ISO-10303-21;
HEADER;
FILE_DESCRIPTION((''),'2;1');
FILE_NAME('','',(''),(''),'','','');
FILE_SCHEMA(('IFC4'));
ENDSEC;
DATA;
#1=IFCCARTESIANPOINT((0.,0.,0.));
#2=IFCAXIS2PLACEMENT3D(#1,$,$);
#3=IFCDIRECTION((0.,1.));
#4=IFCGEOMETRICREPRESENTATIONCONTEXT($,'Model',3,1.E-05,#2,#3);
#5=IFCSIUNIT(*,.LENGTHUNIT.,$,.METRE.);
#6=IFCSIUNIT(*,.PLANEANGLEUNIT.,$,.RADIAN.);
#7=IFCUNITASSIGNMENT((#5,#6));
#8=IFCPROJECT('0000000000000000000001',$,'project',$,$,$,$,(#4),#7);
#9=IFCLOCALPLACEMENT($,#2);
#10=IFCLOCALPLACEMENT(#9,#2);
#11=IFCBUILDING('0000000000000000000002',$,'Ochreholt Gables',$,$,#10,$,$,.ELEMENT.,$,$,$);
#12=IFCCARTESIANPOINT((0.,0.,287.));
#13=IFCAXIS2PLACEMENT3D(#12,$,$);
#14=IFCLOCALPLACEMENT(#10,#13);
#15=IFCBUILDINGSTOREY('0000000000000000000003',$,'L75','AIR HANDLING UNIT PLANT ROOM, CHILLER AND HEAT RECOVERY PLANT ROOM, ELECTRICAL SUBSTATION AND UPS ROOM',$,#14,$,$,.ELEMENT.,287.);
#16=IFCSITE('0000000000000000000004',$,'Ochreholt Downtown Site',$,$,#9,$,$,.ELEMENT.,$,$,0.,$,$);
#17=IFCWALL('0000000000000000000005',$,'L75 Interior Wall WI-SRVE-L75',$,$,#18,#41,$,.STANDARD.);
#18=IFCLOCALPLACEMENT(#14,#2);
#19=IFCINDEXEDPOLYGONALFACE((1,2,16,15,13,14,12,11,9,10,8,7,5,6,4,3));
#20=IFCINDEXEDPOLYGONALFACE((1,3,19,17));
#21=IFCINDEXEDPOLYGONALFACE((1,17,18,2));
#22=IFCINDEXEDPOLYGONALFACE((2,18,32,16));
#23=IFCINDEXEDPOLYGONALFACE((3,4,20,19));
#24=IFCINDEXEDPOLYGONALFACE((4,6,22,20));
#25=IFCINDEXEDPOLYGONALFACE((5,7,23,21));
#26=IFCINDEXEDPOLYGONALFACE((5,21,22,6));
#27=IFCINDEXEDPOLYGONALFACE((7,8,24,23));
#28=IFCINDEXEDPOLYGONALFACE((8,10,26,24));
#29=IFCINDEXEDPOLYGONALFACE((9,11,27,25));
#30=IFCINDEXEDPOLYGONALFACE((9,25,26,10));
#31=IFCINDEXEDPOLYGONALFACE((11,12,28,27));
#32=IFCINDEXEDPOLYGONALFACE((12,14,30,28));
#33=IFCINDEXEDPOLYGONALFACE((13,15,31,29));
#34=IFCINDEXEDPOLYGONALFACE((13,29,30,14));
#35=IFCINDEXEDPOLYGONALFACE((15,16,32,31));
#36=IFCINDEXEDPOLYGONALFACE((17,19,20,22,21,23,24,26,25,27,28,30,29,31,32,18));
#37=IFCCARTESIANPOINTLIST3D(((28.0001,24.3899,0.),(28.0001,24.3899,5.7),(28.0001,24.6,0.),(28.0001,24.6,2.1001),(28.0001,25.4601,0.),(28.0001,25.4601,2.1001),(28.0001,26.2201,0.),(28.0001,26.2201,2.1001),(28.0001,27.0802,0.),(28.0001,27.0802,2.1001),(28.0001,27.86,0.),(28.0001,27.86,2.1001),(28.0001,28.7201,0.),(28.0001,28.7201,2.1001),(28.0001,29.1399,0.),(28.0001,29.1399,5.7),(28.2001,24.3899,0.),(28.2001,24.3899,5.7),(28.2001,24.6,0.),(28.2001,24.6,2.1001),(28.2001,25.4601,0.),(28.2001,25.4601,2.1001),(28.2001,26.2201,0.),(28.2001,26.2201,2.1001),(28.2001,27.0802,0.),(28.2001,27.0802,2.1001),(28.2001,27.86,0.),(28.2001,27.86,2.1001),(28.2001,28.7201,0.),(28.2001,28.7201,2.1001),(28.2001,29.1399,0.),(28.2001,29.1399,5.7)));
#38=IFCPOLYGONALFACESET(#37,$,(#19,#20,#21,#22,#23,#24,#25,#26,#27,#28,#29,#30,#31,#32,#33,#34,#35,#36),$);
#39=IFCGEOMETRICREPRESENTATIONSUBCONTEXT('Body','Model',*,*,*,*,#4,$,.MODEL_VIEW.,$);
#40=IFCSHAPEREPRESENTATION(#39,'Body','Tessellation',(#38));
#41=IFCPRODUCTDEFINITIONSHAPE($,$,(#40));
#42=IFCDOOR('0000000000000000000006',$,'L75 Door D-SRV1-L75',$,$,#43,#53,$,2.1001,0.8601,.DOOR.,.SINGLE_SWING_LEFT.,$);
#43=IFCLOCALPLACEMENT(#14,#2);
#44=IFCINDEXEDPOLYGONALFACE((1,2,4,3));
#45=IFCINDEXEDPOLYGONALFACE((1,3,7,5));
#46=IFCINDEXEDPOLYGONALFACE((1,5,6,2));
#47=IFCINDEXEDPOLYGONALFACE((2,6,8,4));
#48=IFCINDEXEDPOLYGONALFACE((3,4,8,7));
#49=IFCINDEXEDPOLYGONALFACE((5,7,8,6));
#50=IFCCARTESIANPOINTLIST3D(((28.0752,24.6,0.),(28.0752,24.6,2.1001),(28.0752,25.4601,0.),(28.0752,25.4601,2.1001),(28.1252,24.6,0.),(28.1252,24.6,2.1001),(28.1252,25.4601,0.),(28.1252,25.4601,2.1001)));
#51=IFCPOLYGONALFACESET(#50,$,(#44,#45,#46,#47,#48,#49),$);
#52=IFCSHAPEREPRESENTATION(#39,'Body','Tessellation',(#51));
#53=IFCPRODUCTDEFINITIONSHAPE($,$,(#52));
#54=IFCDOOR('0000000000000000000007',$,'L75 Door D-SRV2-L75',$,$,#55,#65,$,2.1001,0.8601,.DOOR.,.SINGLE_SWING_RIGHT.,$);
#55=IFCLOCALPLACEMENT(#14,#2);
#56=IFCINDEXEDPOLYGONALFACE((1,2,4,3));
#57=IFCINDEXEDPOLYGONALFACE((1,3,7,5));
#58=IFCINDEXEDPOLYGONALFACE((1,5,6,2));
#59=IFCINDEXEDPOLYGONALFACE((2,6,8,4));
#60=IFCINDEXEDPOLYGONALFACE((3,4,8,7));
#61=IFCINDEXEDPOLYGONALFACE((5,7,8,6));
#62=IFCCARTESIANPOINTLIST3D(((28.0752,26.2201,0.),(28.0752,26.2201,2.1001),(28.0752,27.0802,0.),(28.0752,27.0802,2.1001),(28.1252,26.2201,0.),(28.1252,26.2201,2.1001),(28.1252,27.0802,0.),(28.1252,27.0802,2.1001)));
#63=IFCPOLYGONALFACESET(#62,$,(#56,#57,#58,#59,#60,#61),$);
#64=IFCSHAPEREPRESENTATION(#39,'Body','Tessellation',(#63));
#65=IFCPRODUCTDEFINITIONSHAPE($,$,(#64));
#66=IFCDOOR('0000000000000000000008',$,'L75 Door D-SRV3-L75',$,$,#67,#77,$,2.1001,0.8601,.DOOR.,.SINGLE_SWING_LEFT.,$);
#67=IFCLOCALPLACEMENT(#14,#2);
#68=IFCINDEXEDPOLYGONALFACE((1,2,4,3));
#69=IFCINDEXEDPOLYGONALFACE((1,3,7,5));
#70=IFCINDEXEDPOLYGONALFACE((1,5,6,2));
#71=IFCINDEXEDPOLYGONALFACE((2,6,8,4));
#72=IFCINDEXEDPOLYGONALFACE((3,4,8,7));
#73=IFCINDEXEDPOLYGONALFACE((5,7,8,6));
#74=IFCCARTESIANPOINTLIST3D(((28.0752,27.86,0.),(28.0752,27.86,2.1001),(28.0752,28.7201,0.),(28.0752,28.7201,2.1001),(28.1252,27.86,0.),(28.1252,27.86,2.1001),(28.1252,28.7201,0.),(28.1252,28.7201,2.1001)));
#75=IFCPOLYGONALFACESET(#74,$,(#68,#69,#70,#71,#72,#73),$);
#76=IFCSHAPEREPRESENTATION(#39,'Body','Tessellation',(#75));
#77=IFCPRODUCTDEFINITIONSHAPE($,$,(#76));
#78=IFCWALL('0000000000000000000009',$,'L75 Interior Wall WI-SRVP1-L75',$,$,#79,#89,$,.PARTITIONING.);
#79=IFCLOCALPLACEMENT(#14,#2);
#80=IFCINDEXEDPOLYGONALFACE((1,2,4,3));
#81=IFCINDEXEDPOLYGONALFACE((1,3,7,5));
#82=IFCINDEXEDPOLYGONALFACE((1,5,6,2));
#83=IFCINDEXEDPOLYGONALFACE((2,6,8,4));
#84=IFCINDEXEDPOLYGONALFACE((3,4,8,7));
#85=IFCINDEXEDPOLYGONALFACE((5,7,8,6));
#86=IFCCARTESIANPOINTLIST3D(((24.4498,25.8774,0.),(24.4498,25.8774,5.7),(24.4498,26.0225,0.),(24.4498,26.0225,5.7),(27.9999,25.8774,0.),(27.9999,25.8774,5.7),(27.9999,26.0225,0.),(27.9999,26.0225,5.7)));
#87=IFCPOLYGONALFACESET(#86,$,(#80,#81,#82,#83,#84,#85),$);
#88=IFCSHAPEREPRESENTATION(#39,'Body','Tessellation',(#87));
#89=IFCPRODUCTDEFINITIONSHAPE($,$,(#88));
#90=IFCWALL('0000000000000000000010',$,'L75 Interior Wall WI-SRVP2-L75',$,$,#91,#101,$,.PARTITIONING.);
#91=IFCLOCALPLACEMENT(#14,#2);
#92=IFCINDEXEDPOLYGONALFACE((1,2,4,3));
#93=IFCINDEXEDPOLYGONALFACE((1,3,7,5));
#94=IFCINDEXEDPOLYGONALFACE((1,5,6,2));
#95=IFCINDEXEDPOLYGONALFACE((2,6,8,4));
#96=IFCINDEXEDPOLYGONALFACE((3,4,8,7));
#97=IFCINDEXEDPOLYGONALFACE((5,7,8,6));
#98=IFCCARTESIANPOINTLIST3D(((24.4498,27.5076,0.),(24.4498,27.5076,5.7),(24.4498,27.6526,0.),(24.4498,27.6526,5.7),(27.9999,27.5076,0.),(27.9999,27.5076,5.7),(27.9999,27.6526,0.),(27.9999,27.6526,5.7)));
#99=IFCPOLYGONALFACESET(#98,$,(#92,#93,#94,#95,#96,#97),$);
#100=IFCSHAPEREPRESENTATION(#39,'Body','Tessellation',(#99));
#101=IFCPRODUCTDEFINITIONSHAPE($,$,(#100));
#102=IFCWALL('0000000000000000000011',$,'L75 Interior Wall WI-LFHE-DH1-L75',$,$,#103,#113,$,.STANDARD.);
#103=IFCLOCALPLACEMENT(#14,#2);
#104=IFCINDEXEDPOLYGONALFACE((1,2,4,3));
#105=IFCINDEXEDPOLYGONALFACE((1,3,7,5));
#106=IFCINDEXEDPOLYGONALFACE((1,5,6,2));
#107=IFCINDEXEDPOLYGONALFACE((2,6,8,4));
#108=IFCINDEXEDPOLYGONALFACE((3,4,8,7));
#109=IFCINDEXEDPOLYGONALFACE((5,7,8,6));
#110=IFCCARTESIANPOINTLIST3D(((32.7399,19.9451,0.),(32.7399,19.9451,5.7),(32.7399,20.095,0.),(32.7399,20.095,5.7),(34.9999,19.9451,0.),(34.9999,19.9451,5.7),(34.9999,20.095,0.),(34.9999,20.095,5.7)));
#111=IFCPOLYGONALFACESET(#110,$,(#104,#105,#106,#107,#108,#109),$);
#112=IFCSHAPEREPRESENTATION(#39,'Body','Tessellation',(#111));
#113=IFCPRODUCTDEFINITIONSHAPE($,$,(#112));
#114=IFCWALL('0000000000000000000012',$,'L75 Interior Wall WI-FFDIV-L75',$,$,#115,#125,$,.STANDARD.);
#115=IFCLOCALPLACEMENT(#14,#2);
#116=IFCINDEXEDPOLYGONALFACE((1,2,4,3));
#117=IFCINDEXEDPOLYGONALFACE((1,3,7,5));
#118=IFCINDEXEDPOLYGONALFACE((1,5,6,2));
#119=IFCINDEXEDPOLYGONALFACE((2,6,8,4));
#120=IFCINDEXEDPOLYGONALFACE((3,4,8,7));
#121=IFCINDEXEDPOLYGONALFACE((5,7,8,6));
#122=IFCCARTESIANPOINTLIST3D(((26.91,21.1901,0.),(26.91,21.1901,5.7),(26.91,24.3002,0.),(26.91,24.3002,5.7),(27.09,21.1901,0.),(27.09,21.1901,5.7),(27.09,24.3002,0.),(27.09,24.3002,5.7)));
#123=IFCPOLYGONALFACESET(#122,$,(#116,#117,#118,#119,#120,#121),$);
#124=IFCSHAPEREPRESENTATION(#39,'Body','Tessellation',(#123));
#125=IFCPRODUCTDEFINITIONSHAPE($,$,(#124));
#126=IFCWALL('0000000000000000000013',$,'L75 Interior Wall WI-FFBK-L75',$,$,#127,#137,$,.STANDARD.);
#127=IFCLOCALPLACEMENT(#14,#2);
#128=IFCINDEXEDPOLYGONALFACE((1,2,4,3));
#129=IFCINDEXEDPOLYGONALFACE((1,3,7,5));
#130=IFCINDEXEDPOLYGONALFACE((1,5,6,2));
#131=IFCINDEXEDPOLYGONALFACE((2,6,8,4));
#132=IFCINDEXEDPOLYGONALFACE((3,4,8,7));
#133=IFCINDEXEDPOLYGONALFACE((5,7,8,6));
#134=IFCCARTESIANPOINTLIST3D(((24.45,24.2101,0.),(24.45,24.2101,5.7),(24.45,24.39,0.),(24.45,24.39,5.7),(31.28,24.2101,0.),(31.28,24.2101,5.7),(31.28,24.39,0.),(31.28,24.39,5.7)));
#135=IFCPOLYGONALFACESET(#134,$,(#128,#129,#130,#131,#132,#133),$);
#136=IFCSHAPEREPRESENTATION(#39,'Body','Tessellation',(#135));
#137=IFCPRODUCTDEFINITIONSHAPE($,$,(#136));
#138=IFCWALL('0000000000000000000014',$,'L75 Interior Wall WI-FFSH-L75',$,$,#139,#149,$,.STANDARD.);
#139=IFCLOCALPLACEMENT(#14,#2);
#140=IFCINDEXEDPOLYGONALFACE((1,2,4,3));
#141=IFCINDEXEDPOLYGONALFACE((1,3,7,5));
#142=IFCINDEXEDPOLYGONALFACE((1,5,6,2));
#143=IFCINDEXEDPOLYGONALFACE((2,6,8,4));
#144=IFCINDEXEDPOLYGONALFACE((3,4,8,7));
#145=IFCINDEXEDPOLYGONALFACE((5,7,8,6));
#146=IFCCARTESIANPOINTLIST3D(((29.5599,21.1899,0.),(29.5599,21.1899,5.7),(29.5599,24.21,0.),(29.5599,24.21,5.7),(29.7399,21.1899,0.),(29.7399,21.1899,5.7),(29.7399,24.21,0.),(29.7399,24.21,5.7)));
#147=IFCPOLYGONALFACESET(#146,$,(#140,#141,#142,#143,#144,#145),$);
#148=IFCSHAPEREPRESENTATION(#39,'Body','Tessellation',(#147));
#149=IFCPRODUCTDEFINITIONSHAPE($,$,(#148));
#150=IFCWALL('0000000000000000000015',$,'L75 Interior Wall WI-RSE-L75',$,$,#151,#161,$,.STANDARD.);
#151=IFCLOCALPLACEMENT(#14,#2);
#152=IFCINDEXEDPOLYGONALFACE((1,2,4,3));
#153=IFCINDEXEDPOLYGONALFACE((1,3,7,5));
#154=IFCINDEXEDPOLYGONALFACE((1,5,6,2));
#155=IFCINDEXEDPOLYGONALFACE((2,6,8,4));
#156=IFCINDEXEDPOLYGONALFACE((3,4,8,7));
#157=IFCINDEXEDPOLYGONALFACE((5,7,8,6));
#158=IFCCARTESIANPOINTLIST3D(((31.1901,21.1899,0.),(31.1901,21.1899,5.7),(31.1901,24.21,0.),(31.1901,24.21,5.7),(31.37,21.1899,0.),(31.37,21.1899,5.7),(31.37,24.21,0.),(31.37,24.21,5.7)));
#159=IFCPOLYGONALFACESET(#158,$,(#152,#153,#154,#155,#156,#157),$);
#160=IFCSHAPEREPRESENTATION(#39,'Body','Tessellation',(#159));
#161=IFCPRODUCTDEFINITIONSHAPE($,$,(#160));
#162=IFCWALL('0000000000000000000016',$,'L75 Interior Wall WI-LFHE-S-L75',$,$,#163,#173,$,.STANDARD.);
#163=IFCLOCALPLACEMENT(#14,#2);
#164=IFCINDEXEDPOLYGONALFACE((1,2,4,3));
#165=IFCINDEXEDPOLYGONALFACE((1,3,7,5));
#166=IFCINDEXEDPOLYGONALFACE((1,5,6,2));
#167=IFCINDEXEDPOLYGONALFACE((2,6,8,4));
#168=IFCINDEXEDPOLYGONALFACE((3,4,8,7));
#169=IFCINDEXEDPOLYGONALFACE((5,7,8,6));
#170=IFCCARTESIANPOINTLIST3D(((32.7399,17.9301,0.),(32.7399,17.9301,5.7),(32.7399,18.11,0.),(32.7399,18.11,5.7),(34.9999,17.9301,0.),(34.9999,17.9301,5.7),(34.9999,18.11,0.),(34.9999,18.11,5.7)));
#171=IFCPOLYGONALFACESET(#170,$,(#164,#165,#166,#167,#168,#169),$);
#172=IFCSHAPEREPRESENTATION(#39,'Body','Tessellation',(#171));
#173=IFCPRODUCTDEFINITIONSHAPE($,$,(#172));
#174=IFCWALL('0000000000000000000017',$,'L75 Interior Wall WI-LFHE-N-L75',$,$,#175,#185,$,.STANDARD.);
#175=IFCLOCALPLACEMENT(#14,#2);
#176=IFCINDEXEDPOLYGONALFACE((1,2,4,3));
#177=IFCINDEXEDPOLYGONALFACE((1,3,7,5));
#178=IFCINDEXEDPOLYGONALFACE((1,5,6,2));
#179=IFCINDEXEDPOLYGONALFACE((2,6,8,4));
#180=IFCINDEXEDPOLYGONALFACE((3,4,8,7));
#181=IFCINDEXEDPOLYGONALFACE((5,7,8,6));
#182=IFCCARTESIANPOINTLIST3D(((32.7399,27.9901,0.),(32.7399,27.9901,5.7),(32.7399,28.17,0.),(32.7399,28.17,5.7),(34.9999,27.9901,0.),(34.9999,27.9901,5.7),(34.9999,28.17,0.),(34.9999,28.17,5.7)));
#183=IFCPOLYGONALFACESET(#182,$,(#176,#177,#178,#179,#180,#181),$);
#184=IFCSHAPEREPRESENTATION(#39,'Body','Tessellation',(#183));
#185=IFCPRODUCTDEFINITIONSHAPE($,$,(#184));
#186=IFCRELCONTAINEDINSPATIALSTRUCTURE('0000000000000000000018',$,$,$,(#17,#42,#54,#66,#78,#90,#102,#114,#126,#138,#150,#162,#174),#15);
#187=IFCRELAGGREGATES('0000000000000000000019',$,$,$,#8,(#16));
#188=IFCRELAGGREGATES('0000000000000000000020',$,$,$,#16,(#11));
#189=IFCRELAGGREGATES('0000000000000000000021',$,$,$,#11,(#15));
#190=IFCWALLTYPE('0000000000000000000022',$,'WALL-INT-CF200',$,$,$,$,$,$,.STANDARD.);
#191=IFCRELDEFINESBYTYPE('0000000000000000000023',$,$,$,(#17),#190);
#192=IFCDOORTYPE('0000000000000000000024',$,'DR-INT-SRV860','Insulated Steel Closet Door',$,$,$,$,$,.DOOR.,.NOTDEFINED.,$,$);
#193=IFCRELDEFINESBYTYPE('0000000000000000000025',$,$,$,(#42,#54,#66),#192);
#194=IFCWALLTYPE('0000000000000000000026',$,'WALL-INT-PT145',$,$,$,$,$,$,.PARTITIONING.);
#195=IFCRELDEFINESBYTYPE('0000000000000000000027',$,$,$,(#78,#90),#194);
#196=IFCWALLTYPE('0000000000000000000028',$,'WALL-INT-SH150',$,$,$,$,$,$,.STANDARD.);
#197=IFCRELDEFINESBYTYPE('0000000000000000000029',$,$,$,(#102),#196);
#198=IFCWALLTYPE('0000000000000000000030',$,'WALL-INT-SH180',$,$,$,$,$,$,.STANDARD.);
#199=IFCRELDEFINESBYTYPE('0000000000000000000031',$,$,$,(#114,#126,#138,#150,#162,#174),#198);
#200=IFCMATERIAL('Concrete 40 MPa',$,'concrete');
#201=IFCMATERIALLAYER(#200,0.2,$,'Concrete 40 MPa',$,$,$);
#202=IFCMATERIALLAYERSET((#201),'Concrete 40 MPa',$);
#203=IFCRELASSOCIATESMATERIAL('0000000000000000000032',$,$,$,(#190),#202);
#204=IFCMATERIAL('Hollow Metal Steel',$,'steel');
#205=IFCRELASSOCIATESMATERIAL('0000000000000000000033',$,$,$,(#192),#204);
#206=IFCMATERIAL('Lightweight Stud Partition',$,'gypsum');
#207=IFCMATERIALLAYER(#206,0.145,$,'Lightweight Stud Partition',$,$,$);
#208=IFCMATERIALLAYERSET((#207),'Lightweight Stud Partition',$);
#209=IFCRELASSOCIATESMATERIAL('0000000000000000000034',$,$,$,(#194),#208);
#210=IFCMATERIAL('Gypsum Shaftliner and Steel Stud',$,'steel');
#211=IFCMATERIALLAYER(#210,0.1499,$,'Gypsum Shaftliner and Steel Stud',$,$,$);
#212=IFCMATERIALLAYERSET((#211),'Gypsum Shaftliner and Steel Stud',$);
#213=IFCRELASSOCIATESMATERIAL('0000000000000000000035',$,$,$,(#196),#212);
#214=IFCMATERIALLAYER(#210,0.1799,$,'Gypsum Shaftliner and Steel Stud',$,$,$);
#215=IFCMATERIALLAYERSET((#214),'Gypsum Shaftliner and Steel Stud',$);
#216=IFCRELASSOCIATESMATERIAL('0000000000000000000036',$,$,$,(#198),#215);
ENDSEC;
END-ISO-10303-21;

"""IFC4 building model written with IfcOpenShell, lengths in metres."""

from ifc_helpers import new_model, si_unit, direction, frame, frame_2d, origin, place, context, subcontext, project, spatial, rectangle, extrude, material, layer, layer_set, type_object, element, fill, save


model = new_model("IFC4")

# Units and contexts
model_context = context("Model", 3, precision=1e-05, world=origin(), true_north=direction((0.0, 1.0)))
body_context = subcontext(model_context, "Body", "Model", "MODEL_VIEW")
ifc_project = project(units=[si_unit("LENGTHUNIT", "METRE"), si_unit("PLANEANGLEUNIT", "RADIAN")], contexts=[model_context])

# Site, building, storey
site_placement = place(None, origin())
site = spatial("IfcSite", under=ifc_project, at=site_placement, Name="Ochreholt Downtown Site", CompositionType="ELEMENT", RefElevation=0.0)
building_placement = place(site_placement, origin())
building = spatial("IfcBuilding", under=site, at=building_placement, Name="Ochreholt Gables", CompositionType="ELEMENT")
storey_placement = place(building_placement, frame((0.0, 0.0, 287.0)))
storey = spatial("IfcBuildingStorey", under=building, at=storey_placement, Name="L75", Description="AIR HANDLING UNIT PLANT ROOM, CHILLER AND HEAT RECOVERY PLANT ROOM, ELECTRICAL SUBSTATION AND UPS ROOM", CompositionType="ELEMENT", Elevation=287.0)

# Shared definitions
ifc_material_1 = material(Name="Concrete 40 MPa", Category="concrete")
ifc_layer_1 = layer(ifc_material_1, 0.2, Name="Concrete 40 MPa")
ifc_layer_set_1 = layer_set([ifc_layer_1], Name="Concrete 40 MPa")
wall_type_1 = type_object("IfcWallType", Name="WALL-INT-CF200", PredefinedType="STANDARD", material=ifc_layer_set_1)

# Wall, openings, doors
wall_1_placement = place(storey_placement, frame((28.1001, 24.3899, 0.0), z_axis=(0.0, 0.0, 1.0), x_axis=(0.0, 1.0, 0.0)))
wall_1 = element("IfcWall", 1, at=wall_1_placement, inside=storey, type_object=wall_type_1, Name="L75 Interior Wall WI-SRVE-L75", PredefinedType="STANDARD", context=body_context, shape_type="SweptSolid", body=[
    extrude(rectangle(XDim=4.75, YDim=0.2, at=frame_2d((2.375, 0.0))), origin(), (0.0, 0.0, 1.0), 5.7),
])
opening_1_placement = place(wall_1_placement, frame((0.21, 0.0, 0.0)))
opening_1 = element("IfcOpeningElement", 2, at=opening_1_placement, cuts=wall_1, PredefinedType="OPENING", context=body_context, shape_type="SweptSolid", body=[
    extrude(rectangle(XDim=0.8601, YDim=2.1001, at=frame_2d((0.4302, 1.05))), frame((0.0, 0.1099, 0.0), z_axis=(0.0, -1.0, 0.0), x_axis=(1.0, 0.0, 0.0)), (0.0, 0.0, 1.0), 0.22),
])
opening_2_placement = place(wall_1_placement, frame((1.8301, 0.0, 0.0)))
opening_2 = element("IfcOpeningElement", 3, at=opening_2_placement, cuts=wall_1, PredefinedType="OPENING", context=body_context, shape_type="SweptSolid", body=[
    extrude(rectangle(XDim=0.8601, YDim=2.1001, at=frame_2d((0.4302, 1.05))), frame((0.0, 0.1099, 0.0), z_axis=(0.0, -1.0, 0.0), x_axis=(1.0, 0.0, 0.0)), (0.0, 0.0, 1.0), 0.22),
])
opening_3_placement = place(wall_1_placement, frame((3.47, 0.0, 0.0)))
opening_3 = element("IfcOpeningElement", 4, at=opening_3_placement, cuts=wall_1, PredefinedType="OPENING", context=body_context, shape_type="SweptSolid", body=[
    extrude(rectangle(XDim=0.8601, YDim=2.1001, at=frame_2d((0.4302, 1.05))), frame((0.0, 0.1099, 0.0), z_axis=(0.0, -1.0, 0.0), x_axis=(1.0, 0.0, 0.0)), (0.0, 0.0, 1.0), 0.22),
])
ifc_material_2 = material(Name="Hollow Metal Steel", Category="steel")
door_type_1 = type_object("IfcDoorType", Name="DR-INT-SRV860", Description="Insulated Steel Closet Door", OperationType="NOTDEFINED", PredefinedType="DOOR", material=ifc_material_2)
door_1_placement = place(opening_1_placement, origin())
door_1 = element("IfcDoor", 5, at=door_1_placement, inside=storey, type_object=door_type_1, Name="L75 Door D-SRV1-L75", OperationType="SINGLE_SWING_LEFT", OverallHeight=2.1001, OverallWidth=0.8601, PredefinedType="DOOR", context=body_context, shape_type="SweptSolid", body=[
    extrude(rectangle(XDim=0.8601, YDim=2.1001, at=frame_2d((0.4302, 1.05))), frame((0.0, 0.0249, 0.0), z_axis=(0.0, -1.0, 0.0), x_axis=(1.0, 0.0, 0.0)), (0.0, 0.0, 1.0), 0.05),
])
fill(opening_1, door_1)
door_2_placement = place(opening_2_placement, origin())
door_2 = element("IfcDoor", 6, at=door_2_placement, inside=storey, type_object=door_type_1, Name="L75 Door D-SRV2-L75", OperationType="SINGLE_SWING_RIGHT", OverallHeight=2.1001, OverallWidth=0.8601, PredefinedType="DOOR", context=body_context, shape_type="SweptSolid", body=[
    extrude(rectangle(XDim=0.8601, YDim=2.1001, at=frame_2d((0.4302, 1.05))), frame((0.0, 0.0249, 0.0), z_axis=(0.0, -1.0, 0.0), x_axis=(1.0, 0.0, 0.0)), (0.0, 0.0, 1.0), 0.05),
])
fill(opening_2, door_2)
door_3_placement = place(opening_3_placement, origin())
door_3 = element("IfcDoor", 7, at=door_3_placement, inside=storey, type_object=door_type_1, Name="L75 Door D-SRV3-L75", OperationType="SINGLE_SWING_LEFT", OverallHeight=2.1001, OverallWidth=0.8601, PredefinedType="DOOR", context=body_context, shape_type="SweptSolid", body=[
    extrude(rectangle(XDim=0.8601, YDim=2.1001, at=frame_2d((0.4302, 1.05))), frame((0.0, 0.0249, 0.0), z_axis=(0.0, -1.0, 0.0), x_axis=(1.0, 0.0, 0.0)), (0.0, 0.0, 1.0), 0.05),
])
fill(opening_3, door_3)

# Walls
ifc_material_3 = material(Name="Lightweight Stud Partition", Category="gypsum")
ifc_layer_2 = layer(ifc_material_3, 0.145, Name="Lightweight Stud Partition")
ifc_layer_set_2 = layer_set([ifc_layer_2], Name="Lightweight Stud Partition")
wall_type_2 = type_object("IfcWallType", Name="WALL-INT-PT145", PredefinedType="PARTITIONING", material=ifc_layer_set_2)
for number, where, z_axis, x_axis, name in (
    (8, (24.45, 25.95, 0.0), (0.0, 0.0, 1.0), (1.0, 0.0, 0.0), "L75 Interior Wall WI-SRVP1-L75"),
    (9, (24.45, 27.5801, 0.0), (0.0, 0.0, 1.0), (1.0, 0.0, 0.0), "L75 Interior Wall WI-SRVP2-L75"),
):
    element("IfcWall", number, at=place(storey_placement, frame(where, z_axis=z_axis, x_axis=x_axis)), inside=storey, type_object=wall_type_2, Name=name, PredefinedType="PARTITIONING", context=body_context, shape_type="SweptSolid", body=[
        extrude(rectangle(XDim=3.55, YDim=0.145, at=frame_2d((1.7749, 0.0))), origin(), (0.0, 0.0, 1.0), 5.7),
    ])
ifc_material_4 = material(Name="Gypsum Shaftliner and Steel Stud", Category="steel")
ifc_layer_3 = layer(ifc_material_4, 0.1499, Name="Gypsum Shaftliner and Steel Stud")
ifc_layer_set_3 = layer_set([ifc_layer_3], Name="Gypsum Shaftliner and Steel Stud")
wall_type_3 = type_object("IfcWallType", Name="WALL-INT-SH150", PredefinedType="STANDARD", material=ifc_layer_set_3)
wall_2_placement = place(storey_placement, frame((32.74, 20.02, 0.0), z_axis=(0.0, 0.0, 1.0), x_axis=(1.0, 0.0, 0.0)))
element("IfcWall", 10, at=wall_2_placement, inside=storey, type_object=wall_type_3, Name="L75 Interior Wall WI-LFHE-DH1-L75", PredefinedType="STANDARD", context=body_context, shape_type="SweptSolid", body=[
    extrude(rectangle(XDim=2.26, YDim=0.1499, at=frame_2d((1.1299, 0.0))), origin(), (0.0, 0.0, 1.0), 5.7),
])
ifc_layer_4 = layer(ifc_material_4, 0.1799, Name="Gypsum Shaftliner and Steel Stud")
ifc_layer_set_4 = layer_set([ifc_layer_4], Name="Gypsum Shaftliner and Steel Stud")
wall_type_4 = type_object("IfcWallType", Name="WALL-INT-SH180", PredefinedType="STANDARD", material=ifc_layer_set_4)
wall_3_placement = place(storey_placement, frame((27.0, 21.1899, 0.0), z_axis=(0.0, 0.0, 1.0), x_axis=(0.0, 1.0, 0.0)))
element("IfcWall", 11, at=wall_3_placement, inside=storey, type_object=wall_type_4, Name="L75 Interior Wall WI-FFDIV-L75", PredefinedType="STANDARD", context=body_context, shape_type="SweptSolid", body=[
    extrude(rectangle(XDim=3.1101, YDim=0.1799, at=frame_2d((1.5552, 0.0))), origin(), (0.0, 0.0, 1.0), 5.7),
])
wall_4_placement = place(storey_placement, frame((24.45, 24.3, 0.0), z_axis=(0.0, 0.0, 1.0), x_axis=(1.0, 0.0, 0.0)))
element("IfcWall", 12, at=wall_4_placement, inside=storey, type_object=wall_type_4, Name="L75 Interior Wall WI-FFBK-L75", PredefinedType="STANDARD", context=body_context, shape_type="SweptSolid", body=[
    extrude(rectangle(XDim=6.8301, YDim=0.1799, at=frame_2d((3.415, 0.0))), origin(), (0.0, 0.0, 1.0), 5.7),
])
for number, where, z_axis, x_axis, name in (
    (13, (29.6499, 21.1899, 0.0), (0.0, 0.0, 1.0), (0.0, 1.0, 0.0), "L75 Interior Wall WI-FFSH-L75"),
    (14, (31.28, 21.1899, 0.0), (0.0, 0.0, 1.0), (0.0, 1.0, 0.0), "L75 Interior Wall WI-RSE-L75"),
):
    element("IfcWall", number, at=place(storey_placement, frame(where, z_axis=z_axis, x_axis=x_axis)), inside=storey, type_object=wall_type_4, Name=name, PredefinedType="STANDARD", context=body_context, shape_type="SweptSolid", body=[
        extrude(rectangle(XDim=3.02, YDim=0.1799, at=frame_2d((1.51, 0.0))), origin(), (0.0, 0.0, 1.0), 5.7),
    ])
for number, where, z_axis, x_axis, name in (
    (15, (32.74, 18.02, 0.0), (0.0, 0.0, 1.0), (1.0, 0.0, 0.0), "L75 Interior Wall WI-LFHE-S-L75"),
    (16, (32.74, 28.0801, 0.0), (0.0, 0.0, 1.0), (1.0, 0.0, 0.0), "L75 Interior Wall WI-LFHE-N-L75"),
):
    element("IfcWall", number, at=place(storey_placement, frame(where, z_axis=z_axis, x_axis=x_axis)), inside=storey, type_object=wall_type_4, Name=name, PredefinedType="STANDARD", context=body_context, shape_type="SweptSolid", body=[
        extrude(rectangle(XDim=2.26, YDim=0.1799, at=frame_2d((1.1299, 0.0))), origin(), (0.0, 0.0, 1.0), 5.7),
    ])

save(model, "model.ifc")
